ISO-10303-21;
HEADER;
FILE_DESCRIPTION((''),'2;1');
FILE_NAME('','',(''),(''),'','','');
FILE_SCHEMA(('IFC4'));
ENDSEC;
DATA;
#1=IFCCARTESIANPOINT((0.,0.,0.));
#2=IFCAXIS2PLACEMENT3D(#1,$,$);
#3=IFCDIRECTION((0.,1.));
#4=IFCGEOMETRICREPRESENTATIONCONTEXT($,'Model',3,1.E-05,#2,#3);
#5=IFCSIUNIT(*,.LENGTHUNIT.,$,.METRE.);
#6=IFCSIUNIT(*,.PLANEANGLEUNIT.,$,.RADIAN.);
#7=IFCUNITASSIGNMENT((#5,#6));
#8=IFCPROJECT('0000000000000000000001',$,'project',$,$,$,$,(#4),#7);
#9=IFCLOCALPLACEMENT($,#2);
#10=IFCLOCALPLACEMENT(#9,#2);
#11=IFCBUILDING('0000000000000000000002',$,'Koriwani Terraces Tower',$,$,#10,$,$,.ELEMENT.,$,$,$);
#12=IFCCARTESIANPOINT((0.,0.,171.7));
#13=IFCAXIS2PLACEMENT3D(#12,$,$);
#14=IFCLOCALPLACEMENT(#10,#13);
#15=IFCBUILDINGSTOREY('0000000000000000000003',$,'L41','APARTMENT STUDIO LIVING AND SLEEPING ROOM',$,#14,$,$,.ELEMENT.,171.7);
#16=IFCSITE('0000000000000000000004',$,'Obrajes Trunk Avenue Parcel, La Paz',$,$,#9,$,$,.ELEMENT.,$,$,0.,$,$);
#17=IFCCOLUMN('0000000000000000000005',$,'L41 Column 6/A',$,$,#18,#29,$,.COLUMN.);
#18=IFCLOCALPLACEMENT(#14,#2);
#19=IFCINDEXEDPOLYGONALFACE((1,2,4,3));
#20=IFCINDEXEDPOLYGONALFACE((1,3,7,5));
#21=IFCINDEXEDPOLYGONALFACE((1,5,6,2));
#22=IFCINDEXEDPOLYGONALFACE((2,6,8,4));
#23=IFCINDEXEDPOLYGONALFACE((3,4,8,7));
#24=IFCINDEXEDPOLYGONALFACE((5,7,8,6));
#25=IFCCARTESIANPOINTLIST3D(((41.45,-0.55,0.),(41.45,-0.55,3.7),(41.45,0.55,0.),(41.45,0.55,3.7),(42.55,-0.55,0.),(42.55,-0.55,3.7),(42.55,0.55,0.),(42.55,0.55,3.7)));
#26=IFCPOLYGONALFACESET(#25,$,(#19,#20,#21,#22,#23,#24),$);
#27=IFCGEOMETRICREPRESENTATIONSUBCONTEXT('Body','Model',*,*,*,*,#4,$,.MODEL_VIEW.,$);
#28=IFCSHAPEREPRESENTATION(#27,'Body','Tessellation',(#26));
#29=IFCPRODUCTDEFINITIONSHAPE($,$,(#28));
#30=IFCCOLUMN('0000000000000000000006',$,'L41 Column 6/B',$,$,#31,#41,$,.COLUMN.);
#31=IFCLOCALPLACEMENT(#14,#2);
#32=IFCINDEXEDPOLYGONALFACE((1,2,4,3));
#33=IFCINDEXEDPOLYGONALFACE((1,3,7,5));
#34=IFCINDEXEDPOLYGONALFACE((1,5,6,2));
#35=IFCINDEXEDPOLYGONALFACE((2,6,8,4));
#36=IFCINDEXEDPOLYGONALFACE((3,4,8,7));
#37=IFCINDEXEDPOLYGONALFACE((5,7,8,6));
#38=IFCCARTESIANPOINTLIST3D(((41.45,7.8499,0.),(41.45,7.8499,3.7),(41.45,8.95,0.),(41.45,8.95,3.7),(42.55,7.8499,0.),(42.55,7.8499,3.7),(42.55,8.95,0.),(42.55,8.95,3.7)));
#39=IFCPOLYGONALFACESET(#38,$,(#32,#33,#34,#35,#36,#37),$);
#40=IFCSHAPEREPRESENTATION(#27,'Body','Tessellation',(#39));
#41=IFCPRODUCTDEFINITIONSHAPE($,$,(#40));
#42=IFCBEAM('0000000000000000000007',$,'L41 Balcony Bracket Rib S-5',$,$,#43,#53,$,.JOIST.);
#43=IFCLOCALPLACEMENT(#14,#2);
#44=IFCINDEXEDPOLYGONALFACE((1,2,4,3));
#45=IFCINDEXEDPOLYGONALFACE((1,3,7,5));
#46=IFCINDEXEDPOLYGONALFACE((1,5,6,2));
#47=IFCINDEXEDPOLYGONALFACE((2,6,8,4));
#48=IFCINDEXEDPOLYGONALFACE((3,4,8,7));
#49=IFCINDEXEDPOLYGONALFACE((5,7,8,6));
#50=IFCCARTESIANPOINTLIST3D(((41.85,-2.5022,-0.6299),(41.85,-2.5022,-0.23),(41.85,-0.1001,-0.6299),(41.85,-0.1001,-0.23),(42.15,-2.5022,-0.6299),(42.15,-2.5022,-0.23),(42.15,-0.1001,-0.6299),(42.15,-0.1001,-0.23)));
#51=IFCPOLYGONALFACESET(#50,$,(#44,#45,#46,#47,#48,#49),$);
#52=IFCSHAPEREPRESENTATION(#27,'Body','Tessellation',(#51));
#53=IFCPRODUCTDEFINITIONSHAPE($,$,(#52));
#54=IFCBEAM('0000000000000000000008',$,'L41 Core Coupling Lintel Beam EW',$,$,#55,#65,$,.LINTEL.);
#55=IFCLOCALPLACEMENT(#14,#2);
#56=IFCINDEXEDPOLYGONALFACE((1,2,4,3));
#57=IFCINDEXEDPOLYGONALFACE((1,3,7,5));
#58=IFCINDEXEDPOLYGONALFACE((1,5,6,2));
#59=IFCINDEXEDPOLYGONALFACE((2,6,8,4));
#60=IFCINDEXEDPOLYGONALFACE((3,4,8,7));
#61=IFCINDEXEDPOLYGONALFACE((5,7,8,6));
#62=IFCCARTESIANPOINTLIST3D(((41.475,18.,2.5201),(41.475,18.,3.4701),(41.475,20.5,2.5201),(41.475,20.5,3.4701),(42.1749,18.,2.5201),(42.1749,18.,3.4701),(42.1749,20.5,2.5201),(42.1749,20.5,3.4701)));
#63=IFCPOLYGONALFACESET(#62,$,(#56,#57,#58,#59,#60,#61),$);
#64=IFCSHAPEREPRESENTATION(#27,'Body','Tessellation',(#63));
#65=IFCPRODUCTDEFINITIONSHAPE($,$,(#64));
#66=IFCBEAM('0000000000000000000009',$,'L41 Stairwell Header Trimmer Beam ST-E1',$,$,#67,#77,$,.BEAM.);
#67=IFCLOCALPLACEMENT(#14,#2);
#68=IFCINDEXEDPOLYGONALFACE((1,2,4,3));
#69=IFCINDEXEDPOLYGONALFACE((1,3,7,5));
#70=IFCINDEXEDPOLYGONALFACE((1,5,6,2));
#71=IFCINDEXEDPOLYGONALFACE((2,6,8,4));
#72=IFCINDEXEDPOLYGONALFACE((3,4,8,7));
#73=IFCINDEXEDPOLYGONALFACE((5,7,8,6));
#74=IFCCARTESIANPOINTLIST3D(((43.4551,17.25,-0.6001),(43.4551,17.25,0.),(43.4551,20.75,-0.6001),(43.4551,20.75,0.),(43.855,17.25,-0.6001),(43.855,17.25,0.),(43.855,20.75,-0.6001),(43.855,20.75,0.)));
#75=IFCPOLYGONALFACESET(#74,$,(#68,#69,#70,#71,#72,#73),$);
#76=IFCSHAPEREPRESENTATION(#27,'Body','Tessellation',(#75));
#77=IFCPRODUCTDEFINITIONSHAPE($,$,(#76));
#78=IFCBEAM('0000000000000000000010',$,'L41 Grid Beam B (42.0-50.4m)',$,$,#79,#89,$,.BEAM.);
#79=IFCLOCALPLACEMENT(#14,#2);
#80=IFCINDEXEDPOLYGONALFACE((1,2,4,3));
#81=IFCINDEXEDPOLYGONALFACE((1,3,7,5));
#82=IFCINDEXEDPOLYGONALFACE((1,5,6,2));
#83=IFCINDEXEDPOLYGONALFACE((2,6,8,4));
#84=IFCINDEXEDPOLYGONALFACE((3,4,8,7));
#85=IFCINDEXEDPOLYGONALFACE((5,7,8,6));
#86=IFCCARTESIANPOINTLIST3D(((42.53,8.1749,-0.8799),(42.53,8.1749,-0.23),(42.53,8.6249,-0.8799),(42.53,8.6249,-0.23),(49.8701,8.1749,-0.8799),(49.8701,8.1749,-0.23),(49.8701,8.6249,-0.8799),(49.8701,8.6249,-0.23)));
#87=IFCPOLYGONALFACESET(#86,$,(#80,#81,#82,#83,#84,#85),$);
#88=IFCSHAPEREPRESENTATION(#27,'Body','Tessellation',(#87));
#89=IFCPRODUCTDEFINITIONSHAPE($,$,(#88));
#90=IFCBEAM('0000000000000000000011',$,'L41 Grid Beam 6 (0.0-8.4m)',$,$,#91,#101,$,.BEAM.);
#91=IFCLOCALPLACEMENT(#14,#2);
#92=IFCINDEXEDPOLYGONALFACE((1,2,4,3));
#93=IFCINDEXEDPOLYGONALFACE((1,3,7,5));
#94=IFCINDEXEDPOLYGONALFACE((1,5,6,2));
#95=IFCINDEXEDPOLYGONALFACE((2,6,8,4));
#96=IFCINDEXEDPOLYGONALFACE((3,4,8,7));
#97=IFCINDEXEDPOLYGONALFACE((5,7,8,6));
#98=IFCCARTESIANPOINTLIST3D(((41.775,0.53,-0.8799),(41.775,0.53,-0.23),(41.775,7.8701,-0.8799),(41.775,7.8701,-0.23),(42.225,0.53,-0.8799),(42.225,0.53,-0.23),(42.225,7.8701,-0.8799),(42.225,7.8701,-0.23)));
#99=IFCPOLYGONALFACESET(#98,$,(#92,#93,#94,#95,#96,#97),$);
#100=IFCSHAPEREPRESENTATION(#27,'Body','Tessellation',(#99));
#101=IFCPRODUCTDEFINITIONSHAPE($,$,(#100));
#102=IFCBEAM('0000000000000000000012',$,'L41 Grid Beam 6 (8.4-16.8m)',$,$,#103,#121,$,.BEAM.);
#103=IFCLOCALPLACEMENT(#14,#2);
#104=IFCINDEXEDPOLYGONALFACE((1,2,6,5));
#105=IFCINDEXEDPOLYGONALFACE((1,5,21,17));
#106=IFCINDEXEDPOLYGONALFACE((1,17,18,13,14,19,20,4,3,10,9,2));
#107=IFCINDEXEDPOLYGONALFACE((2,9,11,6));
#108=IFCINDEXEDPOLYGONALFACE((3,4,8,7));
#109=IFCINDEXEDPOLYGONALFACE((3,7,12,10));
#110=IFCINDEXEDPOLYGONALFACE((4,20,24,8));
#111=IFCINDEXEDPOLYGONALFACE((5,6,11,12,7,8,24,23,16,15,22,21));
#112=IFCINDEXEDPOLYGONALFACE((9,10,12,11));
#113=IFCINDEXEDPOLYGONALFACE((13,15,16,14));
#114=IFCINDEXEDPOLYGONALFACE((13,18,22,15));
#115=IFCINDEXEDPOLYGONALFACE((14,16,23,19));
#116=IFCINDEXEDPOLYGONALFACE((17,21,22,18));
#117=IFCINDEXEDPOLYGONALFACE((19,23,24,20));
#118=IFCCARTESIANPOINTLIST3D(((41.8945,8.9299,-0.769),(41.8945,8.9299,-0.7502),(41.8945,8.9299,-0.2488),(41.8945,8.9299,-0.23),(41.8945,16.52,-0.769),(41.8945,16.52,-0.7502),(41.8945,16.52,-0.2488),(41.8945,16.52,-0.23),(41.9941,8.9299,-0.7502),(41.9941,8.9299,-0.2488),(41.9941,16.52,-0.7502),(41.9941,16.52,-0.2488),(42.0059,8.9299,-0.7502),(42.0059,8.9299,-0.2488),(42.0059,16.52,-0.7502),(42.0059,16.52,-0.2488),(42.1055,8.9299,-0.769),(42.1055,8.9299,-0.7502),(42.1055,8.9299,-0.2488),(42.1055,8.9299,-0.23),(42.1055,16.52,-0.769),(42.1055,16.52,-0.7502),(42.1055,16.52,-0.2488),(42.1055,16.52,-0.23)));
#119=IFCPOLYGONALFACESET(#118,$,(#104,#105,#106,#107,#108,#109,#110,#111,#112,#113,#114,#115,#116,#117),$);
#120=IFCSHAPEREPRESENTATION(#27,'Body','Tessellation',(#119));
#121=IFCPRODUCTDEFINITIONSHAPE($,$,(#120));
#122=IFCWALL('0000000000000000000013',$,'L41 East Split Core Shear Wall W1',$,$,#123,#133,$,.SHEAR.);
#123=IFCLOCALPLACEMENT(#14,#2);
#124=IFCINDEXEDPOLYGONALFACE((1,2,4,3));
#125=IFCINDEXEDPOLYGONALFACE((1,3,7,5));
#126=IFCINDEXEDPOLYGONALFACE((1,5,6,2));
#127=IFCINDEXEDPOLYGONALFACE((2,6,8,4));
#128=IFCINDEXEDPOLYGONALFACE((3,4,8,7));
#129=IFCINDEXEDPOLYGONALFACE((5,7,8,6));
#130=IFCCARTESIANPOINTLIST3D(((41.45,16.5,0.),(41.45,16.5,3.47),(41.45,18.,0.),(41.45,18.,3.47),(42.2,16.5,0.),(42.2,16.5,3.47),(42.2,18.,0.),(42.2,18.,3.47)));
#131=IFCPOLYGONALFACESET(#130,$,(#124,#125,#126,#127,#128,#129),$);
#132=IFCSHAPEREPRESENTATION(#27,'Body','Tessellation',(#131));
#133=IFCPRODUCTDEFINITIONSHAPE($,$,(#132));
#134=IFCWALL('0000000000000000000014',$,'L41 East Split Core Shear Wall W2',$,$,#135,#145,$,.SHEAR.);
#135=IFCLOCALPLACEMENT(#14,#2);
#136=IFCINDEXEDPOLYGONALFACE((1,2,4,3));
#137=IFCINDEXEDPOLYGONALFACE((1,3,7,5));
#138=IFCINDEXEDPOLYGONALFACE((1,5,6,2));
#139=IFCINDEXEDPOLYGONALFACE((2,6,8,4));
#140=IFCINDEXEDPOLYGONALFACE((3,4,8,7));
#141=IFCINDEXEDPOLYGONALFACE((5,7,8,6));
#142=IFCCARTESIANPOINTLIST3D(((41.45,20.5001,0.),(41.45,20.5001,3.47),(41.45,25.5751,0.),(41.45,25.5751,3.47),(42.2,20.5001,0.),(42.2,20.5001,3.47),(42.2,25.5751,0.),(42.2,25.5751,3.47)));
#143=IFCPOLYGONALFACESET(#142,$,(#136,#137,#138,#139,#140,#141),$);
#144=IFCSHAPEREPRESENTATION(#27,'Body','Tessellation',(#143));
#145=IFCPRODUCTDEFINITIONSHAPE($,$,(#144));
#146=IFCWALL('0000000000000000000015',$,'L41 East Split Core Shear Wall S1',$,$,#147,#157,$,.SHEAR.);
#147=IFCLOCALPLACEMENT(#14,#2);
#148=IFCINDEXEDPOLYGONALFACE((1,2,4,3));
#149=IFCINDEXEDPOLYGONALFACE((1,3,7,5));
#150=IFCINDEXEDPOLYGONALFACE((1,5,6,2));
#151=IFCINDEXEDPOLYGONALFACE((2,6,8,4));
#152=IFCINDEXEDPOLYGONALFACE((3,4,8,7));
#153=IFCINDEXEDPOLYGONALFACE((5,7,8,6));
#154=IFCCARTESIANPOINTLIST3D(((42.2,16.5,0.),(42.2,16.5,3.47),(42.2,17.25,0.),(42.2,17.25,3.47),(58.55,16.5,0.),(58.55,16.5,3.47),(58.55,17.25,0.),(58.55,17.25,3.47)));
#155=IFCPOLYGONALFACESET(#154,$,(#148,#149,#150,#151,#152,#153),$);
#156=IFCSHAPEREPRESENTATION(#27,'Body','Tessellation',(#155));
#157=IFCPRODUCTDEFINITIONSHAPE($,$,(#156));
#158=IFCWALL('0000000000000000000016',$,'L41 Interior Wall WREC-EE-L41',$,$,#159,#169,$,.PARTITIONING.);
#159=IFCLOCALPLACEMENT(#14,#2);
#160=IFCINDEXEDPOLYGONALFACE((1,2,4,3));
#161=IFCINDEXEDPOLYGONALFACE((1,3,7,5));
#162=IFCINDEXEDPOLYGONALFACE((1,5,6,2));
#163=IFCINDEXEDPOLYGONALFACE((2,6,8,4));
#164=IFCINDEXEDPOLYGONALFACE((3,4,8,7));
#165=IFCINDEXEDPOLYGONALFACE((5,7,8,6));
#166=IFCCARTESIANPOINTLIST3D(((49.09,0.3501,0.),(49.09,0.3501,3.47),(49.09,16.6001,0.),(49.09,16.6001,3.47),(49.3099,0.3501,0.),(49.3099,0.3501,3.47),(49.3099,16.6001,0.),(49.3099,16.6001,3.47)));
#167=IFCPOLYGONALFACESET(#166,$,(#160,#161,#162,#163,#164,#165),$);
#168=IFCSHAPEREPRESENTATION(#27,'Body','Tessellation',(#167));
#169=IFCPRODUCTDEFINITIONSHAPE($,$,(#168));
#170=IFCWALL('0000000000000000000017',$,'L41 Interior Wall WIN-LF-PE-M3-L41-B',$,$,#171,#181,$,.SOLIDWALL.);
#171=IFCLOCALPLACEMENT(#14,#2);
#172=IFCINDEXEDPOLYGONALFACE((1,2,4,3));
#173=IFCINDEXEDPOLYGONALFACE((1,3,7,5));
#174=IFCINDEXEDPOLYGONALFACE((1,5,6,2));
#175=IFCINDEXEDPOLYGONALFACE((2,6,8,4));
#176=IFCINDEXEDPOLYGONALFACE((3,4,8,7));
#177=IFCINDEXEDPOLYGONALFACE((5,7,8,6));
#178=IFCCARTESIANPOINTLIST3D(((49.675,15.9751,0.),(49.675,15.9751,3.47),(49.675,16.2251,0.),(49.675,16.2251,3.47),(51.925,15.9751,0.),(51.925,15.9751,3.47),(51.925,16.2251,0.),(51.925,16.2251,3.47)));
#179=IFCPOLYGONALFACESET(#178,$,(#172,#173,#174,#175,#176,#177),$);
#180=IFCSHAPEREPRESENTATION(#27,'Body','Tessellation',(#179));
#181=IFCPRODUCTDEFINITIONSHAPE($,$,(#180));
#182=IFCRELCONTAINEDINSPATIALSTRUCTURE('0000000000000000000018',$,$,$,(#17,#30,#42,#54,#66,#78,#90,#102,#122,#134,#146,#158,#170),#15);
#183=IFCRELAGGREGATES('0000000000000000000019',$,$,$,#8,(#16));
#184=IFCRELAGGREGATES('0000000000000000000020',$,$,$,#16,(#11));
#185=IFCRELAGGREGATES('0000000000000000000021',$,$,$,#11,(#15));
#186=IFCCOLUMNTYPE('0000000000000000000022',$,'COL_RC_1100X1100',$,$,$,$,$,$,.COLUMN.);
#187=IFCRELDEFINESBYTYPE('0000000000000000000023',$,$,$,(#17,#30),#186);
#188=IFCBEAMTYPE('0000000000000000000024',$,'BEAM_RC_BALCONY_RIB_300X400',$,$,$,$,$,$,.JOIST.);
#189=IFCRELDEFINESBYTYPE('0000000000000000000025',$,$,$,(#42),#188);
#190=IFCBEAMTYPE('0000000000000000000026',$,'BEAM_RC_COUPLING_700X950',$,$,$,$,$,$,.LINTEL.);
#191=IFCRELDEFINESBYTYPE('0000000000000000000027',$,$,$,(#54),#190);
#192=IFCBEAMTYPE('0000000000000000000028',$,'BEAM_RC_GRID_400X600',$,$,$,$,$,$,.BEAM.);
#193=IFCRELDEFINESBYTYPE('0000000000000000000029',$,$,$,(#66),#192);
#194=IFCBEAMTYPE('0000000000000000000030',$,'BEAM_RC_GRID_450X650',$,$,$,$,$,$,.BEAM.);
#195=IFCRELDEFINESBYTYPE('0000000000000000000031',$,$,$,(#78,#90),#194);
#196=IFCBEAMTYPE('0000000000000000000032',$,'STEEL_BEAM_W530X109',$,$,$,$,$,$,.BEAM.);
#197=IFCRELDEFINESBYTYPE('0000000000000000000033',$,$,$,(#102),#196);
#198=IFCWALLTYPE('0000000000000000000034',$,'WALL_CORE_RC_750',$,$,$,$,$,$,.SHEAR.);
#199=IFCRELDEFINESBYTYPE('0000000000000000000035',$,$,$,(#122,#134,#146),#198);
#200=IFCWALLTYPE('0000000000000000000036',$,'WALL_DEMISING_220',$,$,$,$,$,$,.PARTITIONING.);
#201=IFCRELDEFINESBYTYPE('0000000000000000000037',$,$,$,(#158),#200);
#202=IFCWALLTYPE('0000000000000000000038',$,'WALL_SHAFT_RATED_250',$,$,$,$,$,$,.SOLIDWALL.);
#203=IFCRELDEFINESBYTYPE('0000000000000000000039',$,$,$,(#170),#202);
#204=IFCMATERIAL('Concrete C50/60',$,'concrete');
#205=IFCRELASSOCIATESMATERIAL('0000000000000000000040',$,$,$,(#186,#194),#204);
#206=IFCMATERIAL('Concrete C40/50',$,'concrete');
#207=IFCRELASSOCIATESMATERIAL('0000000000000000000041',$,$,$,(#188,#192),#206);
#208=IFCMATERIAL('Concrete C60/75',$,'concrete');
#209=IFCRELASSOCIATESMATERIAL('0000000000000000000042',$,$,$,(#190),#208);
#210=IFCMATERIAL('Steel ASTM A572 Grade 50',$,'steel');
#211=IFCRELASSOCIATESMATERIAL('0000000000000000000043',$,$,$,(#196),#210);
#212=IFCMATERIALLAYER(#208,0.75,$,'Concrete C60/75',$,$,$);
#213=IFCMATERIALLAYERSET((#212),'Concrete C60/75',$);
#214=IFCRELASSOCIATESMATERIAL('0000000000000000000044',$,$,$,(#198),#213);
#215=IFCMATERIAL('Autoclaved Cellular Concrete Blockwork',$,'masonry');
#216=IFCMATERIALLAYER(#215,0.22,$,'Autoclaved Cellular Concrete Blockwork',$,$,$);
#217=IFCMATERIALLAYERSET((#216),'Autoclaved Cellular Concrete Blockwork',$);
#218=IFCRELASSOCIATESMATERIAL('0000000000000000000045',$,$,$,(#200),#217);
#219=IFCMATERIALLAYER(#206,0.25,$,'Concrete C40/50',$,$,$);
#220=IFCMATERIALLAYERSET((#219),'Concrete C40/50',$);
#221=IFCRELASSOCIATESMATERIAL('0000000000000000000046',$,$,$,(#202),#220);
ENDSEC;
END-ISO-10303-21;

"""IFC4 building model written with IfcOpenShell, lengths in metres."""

from ifc_helpers import new_model, si_unit, direction, frame, frame_2d, origin, origin_2d, place, context, subcontext, project, spatial, rectangle, i_section, extrude, material, layer, layer_set, material_profile, profile_set, type_object, element, save


model = new_model("IFC4")

# Units and contexts
model_context = context("Model", 3, precision=1e-05, world=origin(), true_north=direction((0.0, 1.0)))
body_context = subcontext(model_context, "Body", "Model", "MODEL_VIEW")
ifc_project = project(units=[si_unit("LENGTHUNIT", "METRE"), si_unit("PLANEANGLEUNIT", "RADIAN")], contexts=[model_context])

# Site, building, storey
site_placement = place(None, origin())
site = spatial("IfcSite", under=ifc_project, at=site_placement, Name="Obrajes Trunk Avenue Parcel, La Paz", CompositionType="ELEMENT", RefElevation=0.0)
building_placement = place(site_placement, origin())
building = spatial("IfcBuilding", under=site, at=building_placement, Name="Koriwani Terraces Tower", CompositionType="ELEMENT")
storey_placement = place(building_placement, frame((0.0, 0.0, 171.7)))
storey = spatial("IfcBuildingStorey", under=building, at=storey_placement, Name="L41", Description="APARTMENT STUDIO LIVING AND SLEEPING ROOM", CompositionType="ELEMENT", Elevation=171.7)

# Columns
ifc_material_1 = material(Name="Concrete C50/60", Category="concrete")
ifc_material_profile_1 = material_profile(ifc_material_1, rectangle(XDim=1.1001, YDim=1.1001, at=origin_2d()), Name="Concrete C50/60", Category="LoadBearing")
ifc_profile_set_1 = profile_set([ifc_material_profile_1], Name="Concrete C50/60")
column_type = type_object("IfcColumnType", Name="COL_RC_1100X1100", PredefinedType="COLUMN", material=ifc_profile_set_1)
for number, where, z_axis, x_axis, name in (
    (1, (42.0, 0.0, 0.0), (0.0, 0.0, 1.0), (1.0, 0.0, 0.0), "L41 Column 6/A"),
    (2, (42.0, 8.3999, 0.0), (0.0, 0.0, 1.0), (1.0, 0.0, 0.0), "L41 Column 6/B"),
):
    element("IfcColumn", number, at=place(storey_placement, frame(where, z_axis=z_axis, x_axis=x_axis)), inside=storey, type_object=column_type, Name=name, PredefinedType="COLUMN", context=body_context, shape_type="SweptSolid", body=[
        extrude(rectangle(XDim=1.1001, YDim=1.1001, at=origin_2d()), origin(), (0.0, 0.0, 1.0), 3.7),
    ])

# Beams
ifc_material_2 = material(Name="Concrete C40/50", Category="concrete")
ifc_material_profile_2 = material_profile(ifc_material_2, rectangle(XDim=0.3, YDim=0.3999, at=origin_2d()), Name="Concrete C40/50", Category="LoadBearing")
ifc_profile_set_2 = profile_set([ifc_material_profile_2], Name="Concrete C40/50")
beam_type_1 = type_object("IfcBeamType", Name="BEAM_RC_BALCONY_RIB_300X400", PredefinedType="JOIST", material=ifc_profile_set_2)
beam_1_placement = place(storey_placement, frame((42.0, -2.5022, -0.4299), z_axis=(0.0, 1.0, 0.0), x_axis=(-1.0, 0.0, 0.0)))
element("IfcBeam", 3, at=beam_1_placement, inside=storey, type_object=beam_type_1, Name="L41 Balcony Bracket Rib S-5", PredefinedType="JOIST", context=body_context, shape_type="SweptSolid", body=[
    extrude(rectangle(XDim=0.3, YDim=0.3999, at=origin_2d()), origin(), (0.0, 0.0, 1.0), 2.4021),
])
ifc_material_3 = material(Name="Concrete C60/75", Category="concrete")
ifc_material_profile_3 = material_profile(ifc_material_3, rectangle(XDim=0.7, YDim=0.95, at=origin_2d()), Name="Concrete C60/75", Category="LoadBearing")
ifc_profile_set_3 = profile_set([ifc_material_profile_3], Name="Concrete C60/75")
beam_type_2 = type_object("IfcBeamType", Name="BEAM_RC_COUPLING_700X950", PredefinedType="LINTEL", material=ifc_profile_set_3)
beam_2_placement = place(storey_placement, frame((41.825, 18.0, 2.9951), z_axis=(0.0, 1.0, 0.0), x_axis=(-1.0, 0.0, 0.0)))
element("IfcBeam", 4, at=beam_2_placement, inside=storey, type_object=beam_type_2, Name="L41 Core Coupling Lintel Beam EW", PredefinedType="LINTEL", context=body_context, shape_type="SweptSolid", body=[
    extrude(rectangle(XDim=0.7, YDim=0.95, at=origin_2d()), origin(), (0.0, 0.0, 1.0), 2.5),
])
ifc_material_profile_4 = material_profile(ifc_material_2, rectangle(XDim=0.3999, YDim=0.6001, at=origin_2d()), Name="Concrete C40/50", Category="LoadBearing")
ifc_profile_set_4 = profile_set([ifc_material_profile_4], Name="Concrete C40/50")
beam_type_3 = type_object("IfcBeamType", Name="BEAM_RC_GRID_400X600", PredefinedType="BEAM", material=ifc_profile_set_4)
beam_3_placement = place(storey_placement, frame((43.655, 17.25, -0.3), z_axis=(0.0, 1.0, 0.0), x_axis=(-1.0, 0.0, 0.0)))
element("IfcBeam", 5, at=beam_3_placement, inside=storey, type_object=beam_type_3, Name="L41 Stairwell Header Trimmer Beam ST-E1", PredefinedType="BEAM", context=body_context, shape_type="SweptSolid", body=[
    extrude(rectangle(XDim=0.3999, YDim=0.6001, at=origin_2d()), origin(), (0.0, 0.0, 1.0), 3.5),
])
ifc_material_profile_5 = material_profile(ifc_material_1, rectangle(XDim=0.45, YDim=0.6499, at=origin_2d()), Name="Concrete C50/60", Category="LoadBearing")
ifc_profile_set_5 = profile_set([ifc_material_profile_5], Name="Concrete C50/60")
beam_type_4 = type_object("IfcBeamType", Name="BEAM_RC_GRID_450X650", PredefinedType="BEAM", material=ifc_profile_set_5)
for number, where, z_axis, x_axis, name in (
    (6, (42.53, 8.3999, -0.5549), (1.0, 0.0, 0.0), (0.0, 1.0, 0.0), "L41 Grid Beam B (42.0-50.4m)"),
    (7, (42.0, 0.53, -0.5549), (0.0, 1.0, 0.0), (-1.0, 0.0, 0.0), "L41 Grid Beam 6 (0.0-8.4m)"),
):
    element("IfcBeam", number, at=place(storey_placement, frame(where, z_axis=z_axis, x_axis=x_axis)), inside=storey, type_object=beam_type_4, Name=name, PredefinedType="BEAM", context=body_context, shape_type="SweptSolid", body=[
        extrude(rectangle(XDim=0.45, YDim=0.6499, at=origin_2d()), origin(), (0.0, 0.0, 1.0), 7.3401),
    ])
ifc_material_4 = material(Name="Steel ASTM A572 Grade 50", Category="steel")
ifc_material_profile_6 = material_profile(ifc_material_4, i_section(OverallWidth=0.2109, OverallDepth=0.5391, WebThickness=0.0117, FlangeThickness=0.0188, at=origin_2d()), Name="Steel ASTM A572 Grade 50", Category="LoadBearing")
ifc_profile_set_6 = profile_set([ifc_material_profile_6], Name="Steel ASTM A572 Grade 50")
beam_type_5 = type_object("IfcBeamType", Name="STEEL_BEAM_W530X109", PredefinedType="BEAM", material=ifc_profile_set_6)
beam_4_placement = place(storey_placement, frame((42.0, 8.9299, -0.4995), z_axis=(0.0, 1.0, 0.0), x_axis=(-1.0, 0.0, 0.0)))
element("IfcBeam", 8, at=beam_4_placement, inside=storey, type_object=beam_type_5, Name="L41 Grid Beam 6 (8.4-16.8m)", PredefinedType="BEAM", context=body_context, shape_type="SweptSolid", body=[
    extrude(i_section(OverallWidth=0.2109, OverallDepth=0.5391, WebThickness=0.0117, FlangeThickness=0.0188, at=origin_2d()), origin(), (0.0, 0.0, 1.0), 7.5901),
])

# Walls
ifc_layer_1 = layer(ifc_material_3, 0.75, Name="Concrete C60/75")
ifc_layer_set_1 = layer_set([ifc_layer_1], Name="Concrete C60/75")
wall_type_1 = type_object("IfcWallType", Name="WALL_CORE_RC_750", PredefinedType="SHEAR", material=ifc_layer_set_1)
wall_1_placement = place(storey_placement, frame((41.825, 16.5, 0.0), z_axis=(0.0, 0.0, 1.0), x_axis=(0.0, 1.0, 0.0)))
element("IfcWall", 9, at=wall_1_placement, inside=storey, type_object=wall_type_1, Name="L41 East Split Core Shear Wall W1", PredefinedType="SHEAR", context=body_context, shape_type="SweptSolid", body=[
    extrude(rectangle(XDim=1.5, YDim=0.75, at=frame_2d((0.75, 0.0))), origin(), (0.0, 0.0, 1.0), 3.47),
])
wall_2_placement = place(storey_placement, frame((41.825, 20.5, 0.0), z_axis=(0.0, 0.0, 1.0), x_axis=(0.0, 1.0, 0.0)))
element("IfcWall", 10, at=wall_2_placement, inside=storey, type_object=wall_type_1, Name="L41 East Split Core Shear Wall W2", PredefinedType="SHEAR", context=body_context, shape_type="SweptSolid", body=[
    extrude(rectangle(XDim=5.075, YDim=0.75, at=frame_2d((2.5376, 0.0))), origin(), (0.0, 0.0, 1.0), 3.47),
])
wall_3_placement = place(storey_placement, frame((42.2, 16.875, 0.0), z_axis=(0.0, 0.0, 1.0), x_axis=(1.0, 0.0, 0.0)))
element("IfcWall", 11, at=wall_3_placement, inside=storey, type_object=wall_type_1, Name="L41 East Split Core Shear Wall S1", PredefinedType="SHEAR", context=body_context, shape_type="SweptSolid", body=[
    extrude(rectangle(XDim=16.3501, YDim=0.75, at=frame_2d((8.175, 0.0))), origin(), (0.0, 0.0, 1.0), 3.47),
])
ifc_material_5 = material(Name="Autoclaved Cellular Concrete Blockwork", Category="masonry")
ifc_layer_2 = layer(ifc_material_5, 0.22, Name="Autoclaved Cellular Concrete Blockwork")
ifc_layer_set_2 = layer_set([ifc_layer_2], Name="Autoclaved Cellular Concrete Blockwork")
wall_type_2 = type_object("IfcWallType", Name="WALL_DEMISING_220", PredefinedType="PARTITIONING", material=ifc_layer_set_2)
wall_4_placement = place(storey_placement, frame((49.2, 0.3501, 0.0), z_axis=(0.0, 0.0, 1.0), x_axis=(0.0, 1.0, 0.0)))
element("IfcWall", 12, at=wall_4_placement, inside=storey, type_object=wall_type_2, Name="L41 Interior Wall WREC-EE-L41", PredefinedType="PARTITIONING", context=body_context, shape_type="SweptSolid", body=[
    extrude(rectangle(XDim=16.25, YDim=0.22, at=frame_2d((8.125, 0.0))), origin(), (0.0, 0.0, 1.0), 3.47),
])

# Shared definitions
ifc_layer_3 = layer(ifc_material_2, 0.25, Name="Concrete C40/50")
ifc_layer_set_3 = layer_set([ifc_layer_3], Name="Concrete C40/50")
wall_type_3 = type_object("IfcWallType", Name="WALL_SHAFT_RATED_250", PredefinedType="SOLIDWALL", material=ifc_layer_set_3)

# Wall
for number, where, z_axis, x_axis, name in (
    (13, (49.675, 16.1001, 0.0), (0.0, 0.0, 1.0), (1.0, 0.0, 0.0), "L41 Interior Wall WIN-LF-PE-M3-L41-B"),
):
    element("IfcWall", number, at=place(storey_placement, frame(where, z_axis=z_axis, x_axis=x_axis)), inside=storey, type_object=wall_type_3, Name=name, PredefinedType="SOLIDWALL", context=body_context, shape_type="SweptSolid", body=[
        extrude(rectangle(XDim=2.25, YDim=0.25, at=frame_2d((1.125, 0.0))), origin(), (0.0, 0.0, 1.0), 3.47),
    ])

save(model, "model.ifc")
